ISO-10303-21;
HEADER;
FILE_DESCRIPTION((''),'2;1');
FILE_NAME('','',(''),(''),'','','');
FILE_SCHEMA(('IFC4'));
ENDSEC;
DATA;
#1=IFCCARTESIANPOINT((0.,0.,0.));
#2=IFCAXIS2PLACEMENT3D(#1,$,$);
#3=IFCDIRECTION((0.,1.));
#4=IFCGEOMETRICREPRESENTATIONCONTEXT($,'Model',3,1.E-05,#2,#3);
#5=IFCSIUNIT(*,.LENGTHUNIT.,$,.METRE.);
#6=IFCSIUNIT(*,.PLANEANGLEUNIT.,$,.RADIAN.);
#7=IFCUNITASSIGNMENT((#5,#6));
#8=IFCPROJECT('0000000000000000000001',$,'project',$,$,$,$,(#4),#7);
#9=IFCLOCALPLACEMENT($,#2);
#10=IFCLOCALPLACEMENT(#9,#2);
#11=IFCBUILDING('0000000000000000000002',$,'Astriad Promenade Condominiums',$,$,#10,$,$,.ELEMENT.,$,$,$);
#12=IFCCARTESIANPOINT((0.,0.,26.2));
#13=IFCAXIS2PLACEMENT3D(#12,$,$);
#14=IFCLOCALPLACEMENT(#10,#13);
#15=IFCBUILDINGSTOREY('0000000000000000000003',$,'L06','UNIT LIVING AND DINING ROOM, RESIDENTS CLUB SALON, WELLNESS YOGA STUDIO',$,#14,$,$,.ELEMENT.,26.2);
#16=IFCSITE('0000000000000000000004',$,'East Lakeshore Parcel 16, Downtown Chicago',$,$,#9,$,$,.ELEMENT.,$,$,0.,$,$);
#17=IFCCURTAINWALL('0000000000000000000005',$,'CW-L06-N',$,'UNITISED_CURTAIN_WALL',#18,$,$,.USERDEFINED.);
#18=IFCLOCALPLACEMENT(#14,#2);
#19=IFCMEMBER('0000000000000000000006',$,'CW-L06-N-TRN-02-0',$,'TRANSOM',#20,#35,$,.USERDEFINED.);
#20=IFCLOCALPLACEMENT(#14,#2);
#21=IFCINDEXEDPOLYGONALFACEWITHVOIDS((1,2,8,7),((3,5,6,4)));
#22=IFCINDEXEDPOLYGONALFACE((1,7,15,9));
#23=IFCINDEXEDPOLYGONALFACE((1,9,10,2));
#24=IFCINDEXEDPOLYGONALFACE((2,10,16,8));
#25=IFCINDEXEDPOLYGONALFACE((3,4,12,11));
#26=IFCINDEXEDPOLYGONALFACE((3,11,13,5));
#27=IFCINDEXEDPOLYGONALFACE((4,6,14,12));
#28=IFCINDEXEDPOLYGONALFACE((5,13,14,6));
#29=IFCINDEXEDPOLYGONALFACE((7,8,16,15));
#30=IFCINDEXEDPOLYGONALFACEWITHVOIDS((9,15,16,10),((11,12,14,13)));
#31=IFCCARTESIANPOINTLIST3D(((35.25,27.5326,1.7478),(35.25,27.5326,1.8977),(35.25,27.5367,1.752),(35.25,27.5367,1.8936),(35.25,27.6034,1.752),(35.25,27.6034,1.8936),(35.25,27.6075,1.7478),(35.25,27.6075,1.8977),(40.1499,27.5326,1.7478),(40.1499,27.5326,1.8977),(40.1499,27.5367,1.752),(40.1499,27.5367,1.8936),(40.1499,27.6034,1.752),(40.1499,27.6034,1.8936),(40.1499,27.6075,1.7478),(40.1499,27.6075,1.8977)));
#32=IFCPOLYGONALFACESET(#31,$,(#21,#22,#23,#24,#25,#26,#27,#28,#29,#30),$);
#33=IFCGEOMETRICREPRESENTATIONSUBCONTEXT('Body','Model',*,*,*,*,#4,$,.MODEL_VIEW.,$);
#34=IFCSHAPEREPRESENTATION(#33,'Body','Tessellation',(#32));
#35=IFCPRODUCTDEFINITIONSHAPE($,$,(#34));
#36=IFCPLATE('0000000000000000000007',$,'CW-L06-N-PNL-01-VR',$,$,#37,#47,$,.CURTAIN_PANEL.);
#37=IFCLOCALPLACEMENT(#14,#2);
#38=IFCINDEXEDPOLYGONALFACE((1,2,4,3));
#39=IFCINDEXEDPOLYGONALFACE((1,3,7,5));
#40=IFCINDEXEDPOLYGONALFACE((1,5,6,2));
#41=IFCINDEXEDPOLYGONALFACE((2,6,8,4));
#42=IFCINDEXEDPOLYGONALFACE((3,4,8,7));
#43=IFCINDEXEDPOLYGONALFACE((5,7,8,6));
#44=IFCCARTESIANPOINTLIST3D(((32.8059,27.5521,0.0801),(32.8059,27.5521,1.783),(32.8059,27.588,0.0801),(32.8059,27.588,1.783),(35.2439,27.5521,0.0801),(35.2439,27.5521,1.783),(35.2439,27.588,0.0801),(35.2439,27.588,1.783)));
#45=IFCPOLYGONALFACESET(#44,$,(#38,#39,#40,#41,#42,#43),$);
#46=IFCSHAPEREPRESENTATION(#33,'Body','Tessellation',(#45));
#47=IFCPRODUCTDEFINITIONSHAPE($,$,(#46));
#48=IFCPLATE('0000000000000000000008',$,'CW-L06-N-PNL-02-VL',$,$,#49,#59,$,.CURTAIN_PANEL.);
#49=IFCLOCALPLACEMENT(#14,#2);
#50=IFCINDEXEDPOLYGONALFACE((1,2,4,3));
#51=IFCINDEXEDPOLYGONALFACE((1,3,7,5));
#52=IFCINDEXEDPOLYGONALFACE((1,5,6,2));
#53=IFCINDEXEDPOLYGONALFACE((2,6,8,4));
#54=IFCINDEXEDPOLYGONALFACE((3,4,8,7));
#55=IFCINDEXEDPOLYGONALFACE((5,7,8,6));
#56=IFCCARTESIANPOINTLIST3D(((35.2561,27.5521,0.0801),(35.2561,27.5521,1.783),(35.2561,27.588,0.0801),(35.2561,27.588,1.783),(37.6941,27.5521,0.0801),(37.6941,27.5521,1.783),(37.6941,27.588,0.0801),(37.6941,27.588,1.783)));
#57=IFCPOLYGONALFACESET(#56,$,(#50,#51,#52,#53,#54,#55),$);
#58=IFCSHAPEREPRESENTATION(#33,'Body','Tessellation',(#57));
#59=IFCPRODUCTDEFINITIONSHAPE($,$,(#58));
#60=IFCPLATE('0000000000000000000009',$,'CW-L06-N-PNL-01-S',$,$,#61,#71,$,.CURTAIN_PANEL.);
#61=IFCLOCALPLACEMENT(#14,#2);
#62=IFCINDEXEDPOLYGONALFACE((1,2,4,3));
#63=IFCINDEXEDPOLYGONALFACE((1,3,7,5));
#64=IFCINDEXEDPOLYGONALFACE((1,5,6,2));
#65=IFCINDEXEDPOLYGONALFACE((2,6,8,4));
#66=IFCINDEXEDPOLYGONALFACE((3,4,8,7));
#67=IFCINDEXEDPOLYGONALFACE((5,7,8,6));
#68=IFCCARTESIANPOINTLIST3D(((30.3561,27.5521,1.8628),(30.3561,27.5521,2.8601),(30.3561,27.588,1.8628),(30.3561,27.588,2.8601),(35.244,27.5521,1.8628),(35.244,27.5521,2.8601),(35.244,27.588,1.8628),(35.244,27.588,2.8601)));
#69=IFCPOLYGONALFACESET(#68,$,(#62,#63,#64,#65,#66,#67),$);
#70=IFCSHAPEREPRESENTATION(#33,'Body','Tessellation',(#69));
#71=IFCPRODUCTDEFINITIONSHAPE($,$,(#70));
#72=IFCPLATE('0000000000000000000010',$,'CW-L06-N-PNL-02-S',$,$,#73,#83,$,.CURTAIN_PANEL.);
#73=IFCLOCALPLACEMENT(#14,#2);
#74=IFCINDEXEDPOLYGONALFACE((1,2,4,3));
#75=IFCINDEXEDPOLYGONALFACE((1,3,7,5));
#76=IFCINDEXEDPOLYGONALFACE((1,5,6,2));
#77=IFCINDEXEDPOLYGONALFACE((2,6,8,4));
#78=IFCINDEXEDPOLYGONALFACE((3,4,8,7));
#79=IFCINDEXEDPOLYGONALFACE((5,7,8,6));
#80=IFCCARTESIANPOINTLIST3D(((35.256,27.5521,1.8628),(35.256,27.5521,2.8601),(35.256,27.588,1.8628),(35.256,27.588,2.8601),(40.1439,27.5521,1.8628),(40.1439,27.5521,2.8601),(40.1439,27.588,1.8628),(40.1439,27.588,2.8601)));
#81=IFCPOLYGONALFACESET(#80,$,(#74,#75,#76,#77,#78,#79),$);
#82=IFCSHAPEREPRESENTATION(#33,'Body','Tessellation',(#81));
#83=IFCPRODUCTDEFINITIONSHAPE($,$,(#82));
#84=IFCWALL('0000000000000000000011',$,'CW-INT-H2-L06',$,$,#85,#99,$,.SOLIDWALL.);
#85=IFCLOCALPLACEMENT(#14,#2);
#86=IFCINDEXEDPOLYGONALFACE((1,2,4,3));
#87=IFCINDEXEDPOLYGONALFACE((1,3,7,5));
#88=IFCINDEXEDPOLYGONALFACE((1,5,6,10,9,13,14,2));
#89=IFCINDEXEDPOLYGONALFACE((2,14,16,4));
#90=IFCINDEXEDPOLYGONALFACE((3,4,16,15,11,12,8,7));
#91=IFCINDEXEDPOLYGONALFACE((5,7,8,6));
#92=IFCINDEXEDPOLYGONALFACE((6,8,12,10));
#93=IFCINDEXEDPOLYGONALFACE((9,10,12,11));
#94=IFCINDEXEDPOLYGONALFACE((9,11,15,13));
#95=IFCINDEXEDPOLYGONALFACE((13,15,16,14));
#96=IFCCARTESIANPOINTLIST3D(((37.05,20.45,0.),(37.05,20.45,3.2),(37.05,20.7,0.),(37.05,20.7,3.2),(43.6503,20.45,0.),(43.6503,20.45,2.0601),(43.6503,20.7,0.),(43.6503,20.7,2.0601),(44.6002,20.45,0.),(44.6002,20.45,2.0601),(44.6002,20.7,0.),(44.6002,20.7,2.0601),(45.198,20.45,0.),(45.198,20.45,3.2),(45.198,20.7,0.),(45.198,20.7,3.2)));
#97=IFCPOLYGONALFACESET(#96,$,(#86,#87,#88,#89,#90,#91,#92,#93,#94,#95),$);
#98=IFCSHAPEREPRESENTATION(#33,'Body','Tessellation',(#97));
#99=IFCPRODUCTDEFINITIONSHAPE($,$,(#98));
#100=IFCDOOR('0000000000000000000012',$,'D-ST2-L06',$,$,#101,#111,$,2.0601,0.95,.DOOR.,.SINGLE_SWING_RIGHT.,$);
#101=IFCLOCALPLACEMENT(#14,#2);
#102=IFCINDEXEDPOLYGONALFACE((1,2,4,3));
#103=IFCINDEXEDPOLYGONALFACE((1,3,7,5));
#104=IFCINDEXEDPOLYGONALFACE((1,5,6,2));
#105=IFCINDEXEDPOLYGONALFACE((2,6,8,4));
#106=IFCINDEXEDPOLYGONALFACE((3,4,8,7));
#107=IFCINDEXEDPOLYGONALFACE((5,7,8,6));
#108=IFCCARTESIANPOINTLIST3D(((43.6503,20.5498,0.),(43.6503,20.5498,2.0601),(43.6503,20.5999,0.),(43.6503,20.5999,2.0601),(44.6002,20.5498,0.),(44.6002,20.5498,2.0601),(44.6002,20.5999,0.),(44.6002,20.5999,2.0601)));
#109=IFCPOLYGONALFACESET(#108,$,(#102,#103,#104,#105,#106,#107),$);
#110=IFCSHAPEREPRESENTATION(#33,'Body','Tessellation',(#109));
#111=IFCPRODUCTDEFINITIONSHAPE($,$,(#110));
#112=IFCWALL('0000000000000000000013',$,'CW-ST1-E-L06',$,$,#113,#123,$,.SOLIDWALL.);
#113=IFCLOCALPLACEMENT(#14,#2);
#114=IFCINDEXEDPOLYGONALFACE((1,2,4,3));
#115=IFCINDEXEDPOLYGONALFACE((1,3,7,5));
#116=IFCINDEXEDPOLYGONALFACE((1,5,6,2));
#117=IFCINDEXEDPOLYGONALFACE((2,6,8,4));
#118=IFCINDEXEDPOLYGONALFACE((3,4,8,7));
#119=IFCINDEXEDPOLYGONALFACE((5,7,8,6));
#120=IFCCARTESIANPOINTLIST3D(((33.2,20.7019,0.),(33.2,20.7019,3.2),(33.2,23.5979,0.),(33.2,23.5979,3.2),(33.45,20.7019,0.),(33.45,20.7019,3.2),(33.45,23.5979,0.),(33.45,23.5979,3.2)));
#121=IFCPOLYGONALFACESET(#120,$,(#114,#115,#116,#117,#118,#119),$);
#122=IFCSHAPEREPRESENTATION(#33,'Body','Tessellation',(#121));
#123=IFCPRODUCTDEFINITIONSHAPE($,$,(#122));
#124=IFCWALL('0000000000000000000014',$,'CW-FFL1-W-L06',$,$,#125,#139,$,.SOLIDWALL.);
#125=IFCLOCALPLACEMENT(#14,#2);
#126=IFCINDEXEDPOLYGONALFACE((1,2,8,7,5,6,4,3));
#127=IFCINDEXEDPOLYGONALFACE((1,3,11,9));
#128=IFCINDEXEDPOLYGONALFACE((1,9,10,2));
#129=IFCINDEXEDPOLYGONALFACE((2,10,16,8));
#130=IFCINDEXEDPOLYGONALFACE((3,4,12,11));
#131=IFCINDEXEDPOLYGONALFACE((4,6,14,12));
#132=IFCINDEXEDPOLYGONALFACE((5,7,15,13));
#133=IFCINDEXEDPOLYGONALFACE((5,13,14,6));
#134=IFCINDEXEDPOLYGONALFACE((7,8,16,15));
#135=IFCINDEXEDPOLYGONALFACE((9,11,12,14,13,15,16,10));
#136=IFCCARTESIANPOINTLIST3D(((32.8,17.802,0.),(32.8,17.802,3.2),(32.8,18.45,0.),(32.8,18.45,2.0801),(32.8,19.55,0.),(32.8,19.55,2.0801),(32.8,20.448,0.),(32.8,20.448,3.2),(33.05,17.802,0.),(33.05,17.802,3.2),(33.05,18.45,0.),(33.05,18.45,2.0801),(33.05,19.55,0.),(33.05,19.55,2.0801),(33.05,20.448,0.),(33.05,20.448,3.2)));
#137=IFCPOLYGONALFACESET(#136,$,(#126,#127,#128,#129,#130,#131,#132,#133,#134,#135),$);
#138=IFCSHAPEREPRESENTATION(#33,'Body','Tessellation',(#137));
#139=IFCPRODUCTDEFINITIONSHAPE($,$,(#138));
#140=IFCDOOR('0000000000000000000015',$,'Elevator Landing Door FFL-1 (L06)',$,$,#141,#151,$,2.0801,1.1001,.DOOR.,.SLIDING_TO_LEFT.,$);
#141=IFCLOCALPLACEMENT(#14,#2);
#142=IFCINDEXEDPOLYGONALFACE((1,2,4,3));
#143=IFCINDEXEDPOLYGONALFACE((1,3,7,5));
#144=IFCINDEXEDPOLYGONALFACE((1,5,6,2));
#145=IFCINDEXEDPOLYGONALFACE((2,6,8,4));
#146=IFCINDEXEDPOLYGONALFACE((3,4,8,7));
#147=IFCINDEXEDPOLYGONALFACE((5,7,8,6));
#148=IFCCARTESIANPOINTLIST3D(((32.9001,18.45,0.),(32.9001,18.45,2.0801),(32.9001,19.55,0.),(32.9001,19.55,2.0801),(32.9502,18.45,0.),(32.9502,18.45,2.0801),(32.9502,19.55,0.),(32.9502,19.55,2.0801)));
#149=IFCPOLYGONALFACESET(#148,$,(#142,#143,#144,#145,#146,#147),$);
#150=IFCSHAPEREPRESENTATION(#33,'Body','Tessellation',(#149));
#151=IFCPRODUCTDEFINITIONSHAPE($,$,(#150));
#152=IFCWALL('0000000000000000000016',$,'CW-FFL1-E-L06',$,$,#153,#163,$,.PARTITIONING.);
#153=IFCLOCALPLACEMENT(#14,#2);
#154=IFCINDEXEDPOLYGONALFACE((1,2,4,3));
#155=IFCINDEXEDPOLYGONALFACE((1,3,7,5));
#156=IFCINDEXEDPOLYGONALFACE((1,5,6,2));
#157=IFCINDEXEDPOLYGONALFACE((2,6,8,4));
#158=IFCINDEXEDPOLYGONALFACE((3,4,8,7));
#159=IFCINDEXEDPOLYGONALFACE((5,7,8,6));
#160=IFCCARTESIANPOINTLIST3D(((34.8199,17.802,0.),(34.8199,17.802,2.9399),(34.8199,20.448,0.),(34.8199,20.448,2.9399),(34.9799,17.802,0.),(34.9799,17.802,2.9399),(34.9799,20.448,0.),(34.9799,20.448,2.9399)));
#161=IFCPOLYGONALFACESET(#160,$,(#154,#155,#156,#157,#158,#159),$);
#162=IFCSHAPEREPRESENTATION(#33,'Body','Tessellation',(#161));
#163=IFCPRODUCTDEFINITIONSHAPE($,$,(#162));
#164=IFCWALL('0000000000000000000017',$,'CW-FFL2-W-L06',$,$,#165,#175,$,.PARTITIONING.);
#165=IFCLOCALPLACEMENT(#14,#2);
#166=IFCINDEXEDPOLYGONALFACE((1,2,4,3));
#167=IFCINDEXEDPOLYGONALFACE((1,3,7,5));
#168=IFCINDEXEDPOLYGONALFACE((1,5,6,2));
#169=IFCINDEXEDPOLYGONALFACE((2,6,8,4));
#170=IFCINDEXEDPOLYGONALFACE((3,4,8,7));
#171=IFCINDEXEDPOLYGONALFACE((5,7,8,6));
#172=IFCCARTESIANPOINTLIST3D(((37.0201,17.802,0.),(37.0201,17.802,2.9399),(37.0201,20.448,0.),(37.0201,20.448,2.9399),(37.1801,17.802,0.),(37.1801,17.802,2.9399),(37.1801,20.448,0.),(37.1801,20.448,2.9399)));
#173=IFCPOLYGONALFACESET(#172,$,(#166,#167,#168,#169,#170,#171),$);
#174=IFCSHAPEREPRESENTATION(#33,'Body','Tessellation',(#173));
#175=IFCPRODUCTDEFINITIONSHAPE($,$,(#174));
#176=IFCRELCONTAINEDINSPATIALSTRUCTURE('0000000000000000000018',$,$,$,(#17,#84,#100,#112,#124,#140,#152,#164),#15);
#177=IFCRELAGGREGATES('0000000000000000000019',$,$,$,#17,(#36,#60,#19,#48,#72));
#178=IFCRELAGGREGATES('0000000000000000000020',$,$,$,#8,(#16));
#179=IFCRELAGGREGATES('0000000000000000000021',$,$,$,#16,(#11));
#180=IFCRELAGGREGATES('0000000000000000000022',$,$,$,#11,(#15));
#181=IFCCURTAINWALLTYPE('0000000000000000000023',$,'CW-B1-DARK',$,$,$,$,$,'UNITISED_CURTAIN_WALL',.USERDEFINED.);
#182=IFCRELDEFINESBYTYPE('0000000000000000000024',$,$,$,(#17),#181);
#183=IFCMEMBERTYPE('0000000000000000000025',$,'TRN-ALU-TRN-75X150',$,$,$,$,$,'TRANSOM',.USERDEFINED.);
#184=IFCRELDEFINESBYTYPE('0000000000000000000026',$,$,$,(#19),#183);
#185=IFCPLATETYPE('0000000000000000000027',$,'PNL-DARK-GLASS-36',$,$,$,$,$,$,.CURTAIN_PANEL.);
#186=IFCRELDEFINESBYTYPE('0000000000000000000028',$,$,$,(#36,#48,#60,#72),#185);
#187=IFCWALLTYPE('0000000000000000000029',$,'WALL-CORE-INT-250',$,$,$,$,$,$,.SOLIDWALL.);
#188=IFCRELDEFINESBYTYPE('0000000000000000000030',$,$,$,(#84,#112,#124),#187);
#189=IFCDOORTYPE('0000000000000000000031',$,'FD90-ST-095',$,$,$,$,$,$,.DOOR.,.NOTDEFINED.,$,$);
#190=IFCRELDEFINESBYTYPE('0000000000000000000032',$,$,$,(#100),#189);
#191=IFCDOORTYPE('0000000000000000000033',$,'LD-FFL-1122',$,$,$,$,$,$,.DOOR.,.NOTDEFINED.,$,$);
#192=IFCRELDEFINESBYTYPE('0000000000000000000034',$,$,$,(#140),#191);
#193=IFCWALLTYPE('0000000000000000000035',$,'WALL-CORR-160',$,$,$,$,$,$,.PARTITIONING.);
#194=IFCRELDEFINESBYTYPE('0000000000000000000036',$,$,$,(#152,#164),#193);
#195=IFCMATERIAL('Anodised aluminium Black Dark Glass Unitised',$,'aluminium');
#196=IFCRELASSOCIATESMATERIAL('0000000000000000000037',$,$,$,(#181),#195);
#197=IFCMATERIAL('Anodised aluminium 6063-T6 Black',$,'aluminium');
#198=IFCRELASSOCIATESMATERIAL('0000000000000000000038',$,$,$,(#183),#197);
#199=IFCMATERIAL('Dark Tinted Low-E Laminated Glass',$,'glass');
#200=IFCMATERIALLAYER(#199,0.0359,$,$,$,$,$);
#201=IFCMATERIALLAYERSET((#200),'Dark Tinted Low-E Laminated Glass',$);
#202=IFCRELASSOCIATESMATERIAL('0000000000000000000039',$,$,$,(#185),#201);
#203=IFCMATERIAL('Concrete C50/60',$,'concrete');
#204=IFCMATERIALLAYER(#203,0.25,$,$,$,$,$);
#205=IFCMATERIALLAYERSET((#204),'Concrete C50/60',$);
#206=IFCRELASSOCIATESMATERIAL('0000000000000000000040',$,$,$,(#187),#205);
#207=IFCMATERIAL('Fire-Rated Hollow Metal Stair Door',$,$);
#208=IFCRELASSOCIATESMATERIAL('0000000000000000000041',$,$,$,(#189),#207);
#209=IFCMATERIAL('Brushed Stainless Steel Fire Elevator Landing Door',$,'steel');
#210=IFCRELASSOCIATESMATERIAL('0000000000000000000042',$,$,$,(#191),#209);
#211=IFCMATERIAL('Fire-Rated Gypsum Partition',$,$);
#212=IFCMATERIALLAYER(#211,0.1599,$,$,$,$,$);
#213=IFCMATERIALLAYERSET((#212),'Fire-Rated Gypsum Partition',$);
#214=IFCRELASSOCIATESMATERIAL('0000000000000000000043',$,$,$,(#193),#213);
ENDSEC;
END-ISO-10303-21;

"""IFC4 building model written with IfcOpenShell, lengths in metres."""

from ifc_helpers import new_model, si_unit, direction, frame, frame_2d, origin, origin_2d, place, context, subcontext, project, spatial, rectangle, hollow_rectangle, extrude, source, transform, mapped, material, layer, layer_set, material_profile, profile_set, type_object, type_shapes, element, fill, aggregate, save


model = new_model("IFC4")

# Units and contexts
model_context = context("Model", 3, precision=1e-05, world=origin(), true_north=direction((0.0, 1.0)))
body_context = subcontext(model_context, "Body", "Model", "MODEL_VIEW")
ifc_project = project(units=[si_unit("LENGTHUNIT", "METRE"), si_unit("PLANEANGLEUNIT", "RADIAN")], contexts=[model_context])

# Site, building, storey
site_placement = place(None, origin())
site = spatial("IfcSite", under=ifc_project, at=site_placement, Name="East Lakeshore Parcel 16, Downtown Chicago", CompositionType="ELEMENT", RefElevation=0.0)
building_placement = place(site_placement, origin())
building = spatial("IfcBuilding", under=site, at=building_placement, Name="Astriad Promenade Condominiums", CompositionType="ELEMENT")
storey_placement = place(building_placement, frame((0.0, 0.0, 26.2)))
storey = spatial("IfcBuildingStorey", under=building, at=storey_placement, Name="L06", Description="UNIT LIVING AND DINING ROOM, RESIDENTS CLUB SALON, WELLNESS YOGA STUDIO", CompositionType="ELEMENT", Elevation=26.2)

# Curtain wall, member, plates
ifc_material_1 = material(Name="Anodised aluminium Black Dark Glass Unitised", Category="aluminium")
curtain_wall_type = type_object("IfcCurtainWallType", Name="CW-B1-DARK", ElementType="UNITISED_CURTAIN_WALL", PredefinedType="USERDEFINED", material=ifc_material_1)
curtain_wall_placement = place(storey_placement, origin())
curtain_wall = element("IfcCurtainWall", 1, at=curtain_wall_placement, inside=storey, type_object=curtain_wall_type, Name="CW-L06-N", ObjectType="UNITISED_CURTAIN_WALL", PredefinedType="USERDEFINED")
ifc_material_2 = material(Name="Anodised aluminium 6063-T6 Black", Category="aluminium")
ifc_material_profile_1 = material_profile(ifc_material_2, hollow_rectangle(XDim=0.075, YDim=0.1499, WallThickness=0.0042, at=origin_2d()), Name="ALU-TRN-75X150")
ifc_profile_set_1 = profile_set([ifc_material_profile_1], Name="Anodised aluminium 6063-T6 Black")
member_type_1 = type_object("IfcMemberType", Name="TRN-ALU-TRN-75X150", ElementType="TRANSOM", PredefinedType="USERDEFINED", material=ifc_profile_set_1)
shared_shape_1 = source(origin(), body_context, "Body", "SweptSolid", [
    extrude(hollow_rectangle(XDim=0.075, YDim=0.1499, WallThickness=0.0042, at=origin_2d()), origin(), (0.0, 0.0, 1.0), 4.8999),
])
type_shapes(member_type_1, [shared_shape_1])
member_1_placement = place(storey_placement, frame((35.25, 27.5701, 1.8228), z_axis=(1.0, 0.0, 0.0), x_axis=(0.0, 1.0, 0.0)))
member_1 = element("IfcMember", 2, at=member_1_placement, type_object=member_type_1, Name="CW-L06-N-TRN-02-0", ObjectType="TRANSOM", PredefinedType="USERDEFINED", context=body_context, shape_type="MappedRepresentation", body=[
    mapped(shared_shape_1, transform((0.0, 0.0, 0.0), scale=1.0)),
])
ifc_material_3 = material(Name="Dark Tinted Low-E Laminated Glass", Category="glass")
ifc_layer_1 = layer(ifc_material_3, 0.0359)
ifc_layer_set_1 = layer_set([ifc_layer_1], Name="Dark Tinted Low-E Laminated Glass")
plate_type = type_object("IfcPlateType", Name="PNL-DARK-GLASS-36", PredefinedType="CURTAIN_PANEL", material=ifc_layer_set_1)
shared_shape_2 = source(origin(), body_context, "Body", "SweptSolid", [
    extrude(rectangle(XDim=2.438, YDim=0.0359, at=origin_2d()), origin(), (0.0, 0.0, 1.0), 1.7029),
])
plate_1_placement = place(storey_placement, frame((34.0249, 27.5701, 0.0801), z_axis=(0.0, 0.0, 1.0), x_axis=(1.0, 0.0, 0.0)))
plate_1 = element("IfcPlate", 3, at=plate_1_placement, type_object=plate_type, Name="CW-L06-N-PNL-01-VR", PredefinedType="CURTAIN_PANEL", context=body_context, shape_type="MappedRepresentation", body=[
    mapped(shared_shape_2, transform((0.0, 0.0, 0.0), scale=1.0)),
])
plate_2_placement = place(storey_placement, frame((36.4751, 27.5701, 0.0801), z_axis=(0.0, 0.0, 1.0), x_axis=(1.0, 0.0, 0.0)))
plate_2 = element("IfcPlate", 4, at=plate_2_placement, type_object=plate_type, Name="CW-L06-N-PNL-02-VL", PredefinedType="CURTAIN_PANEL", context=body_context, shape_type="MappedRepresentation", body=[
    mapped(shared_shape_2, transform((0.0, 0.0, 0.0), scale=1.0)),
])
shared_shape_3 = source(origin(), body_context, "Body", "SweptSolid", [
    extrude(rectangle(XDim=4.8879, YDim=0.0359, at=origin_2d()), origin(), (0.0, 0.0, 1.0), 0.9973),
])
type_shapes(plate_type, [shared_shape_2, shared_shape_3])
plate_3_placement = place(storey_placement, frame((32.8, 27.5701, 1.8628), z_axis=(0.0, 0.0, 1.0), x_axis=(1.0, 0.0, 0.0)))
plate_3 = element("IfcPlate", 5, at=plate_3_placement, type_object=plate_type, Name="CW-L06-N-PNL-01-S", PredefinedType="CURTAIN_PANEL", context=body_context, shape_type="MappedRepresentation", body=[
    mapped(shared_shape_3, transform((0.0, 0.0, 0.0), scale=1.0)),
])
plate_4_placement = place(storey_placement, frame((37.7, 27.5701, 1.8628), z_axis=(0.0, 0.0, 1.0), x_axis=(1.0, 0.0, 0.0)))
plate_4 = element("IfcPlate", 6, at=plate_4_placement, type_object=plate_type, Name="CW-L06-N-PNL-02-S", PredefinedType="CURTAIN_PANEL", context=body_context, shape_type="MappedRepresentation", body=[
    mapped(shared_shape_3, transform((0.0, 0.0, 0.0), scale=1.0)),
])
aggregate(curtain_wall, [plate_1, plate_3, member_1, plate_2, plate_4])

# Wall, opening, door
ifc_material_4 = material(Name="Concrete C50/60", Category="concrete")
ifc_layer_2 = layer(ifc_material_4, 0.25)
ifc_layer_set_2 = layer_set([ifc_layer_2], Name="Concrete C50/60")
wall_type_1 = type_object("IfcWallType", Name="WALL-CORE-INT-250", PredefinedType="SOLIDWALL", material=ifc_layer_set_2)
wall_1_placement = place(storey_placement, frame((37.05, 20.575, 0.0), z_axis=(0.0, 0.0, 1.0), x_axis=(1.0, 0.0, 0.0)))
wall_1 = element("IfcWall", 7, at=wall_1_placement, inside=storey, type_object=wall_type_1, Name="CW-INT-H2-L06", PredefinedType="SOLIDWALL", context=body_context, shape_type="SweptSolid", body=[
    extrude(rectangle(XDim=8.1479, YDim=0.25, at=frame_2d((4.074, 0.0))), origin(), (0.0, 0.0, 1.0), 3.2),
])
opening_1_placement = place(wall_1_placement, frame((6.6001, 0.0, 0.0)))
opening_1 = element("IfcOpeningElement", 8, at=opening_1_placement, cuts=wall_1, PredefinedType="OPENING", context=body_context, shape_type="SweptSolid", body=[
    extrude(rectangle(XDim=0.95, YDim=2.0601, at=frame_2d((0.4751, 1.03))), frame((0.0, 0.135, 0.0), z_axis=(0.0, -1.0, 0.0), x_axis=(1.0, 0.0, 0.0)), (0.0, 0.0, 1.0), 0.27),
])
ifc_material_5 = material(Name="Fire-Rated Hollow Metal Stair Door")
door_type_1 = type_object("IfcDoorType", Name="FD90-ST-095", OperationType="NOTDEFINED", PredefinedType="DOOR", material=ifc_material_5)
shared_shape_4 = source(origin(), body_context, "Body", "SweptSolid", [
    extrude(rectangle(XDim=0.95, YDim=2.0601, at=frame_2d((0.4751, 1.03))), frame((0.0, 0.0249, 0.0), z_axis=(0.0, -1.0, 0.0), x_axis=(1.0, 0.0, 0.0)), (0.0, 0.0, 1.0), 0.05),
])
type_shapes(door_type_1, [shared_shape_4])
door_1_placement = place(opening_1_placement, origin())
door_1 = element("IfcDoor", 9, at=door_1_placement, inside=storey, type_object=door_type_1, Name="D-ST2-L06", OperationType="SINGLE_SWING_RIGHT", OverallHeight=2.0601, OverallWidth=0.95, PredefinedType="DOOR", context=body_context, shape_type="MappedRepresentation", body=[
    mapped(shared_shape_4, transform((0.0, 0.0, 0.0), scale=1.0)),
])
fill(opening_1, door_1)

# Wall
wall_2_placement = place(storey_placement, frame((33.325, 20.7019, 0.0), z_axis=(0.0, 0.0, 1.0), x_axis=(0.0, 1.0, 0.0)))
element("IfcWall", 10, at=wall_2_placement, inside=storey, type_object=wall_type_1, Name="CW-ST1-E-L06", PredefinedType="SOLIDWALL", context=body_context, shape_type="SweptSolid", body=[
    extrude(rectangle(XDim=2.896, YDim=0.25, at=frame_2d((1.448, 0.0))), origin(), (0.0, 0.0, 1.0), 3.2),
])

# Wall, opening, door
wall_3_placement = place(storey_placement, frame((32.925, 17.802, 0.0), z_axis=(0.0, 0.0, 1.0), x_axis=(0.0, 1.0, 0.0)))
wall_3 = element("IfcWall", 11, at=wall_3_placement, inside=storey, type_object=wall_type_1, Name="CW-FFL1-W-L06", PredefinedType="SOLIDWALL", context=body_context, shape_type="SweptSolid", body=[
    extrude(rectangle(XDim=2.646, YDim=0.25, at=frame_2d((1.323, 0.0))), origin(), (0.0, 0.0, 1.0), 3.2),
])
opening_2_placement = place(wall_3_placement, frame((0.6479, 0.0, 0.0)))
opening_2 = element("IfcOpeningElement", 12, at=opening_2_placement, cuts=wall_3, PredefinedType="OPENING", context=body_context, shape_type="SweptSolid", body=[
    extrude(rectangle(XDim=1.1001, YDim=2.0801, at=frame_2d((0.55, 1.04))), frame((0.0, 0.135, 0.0), z_axis=(0.0, -1.0, 0.0), x_axis=(1.0, 0.0, 0.0)), (0.0, 0.0, 1.0), 0.27),
])
ifc_material_6 = material(Name="Brushed Stainless Steel Fire Elevator Landing Door", Category="steel")
door_type_2 = type_object("IfcDoorType", Name="LD-FFL-1122", OperationType="NOTDEFINED", PredefinedType="DOOR", material=ifc_material_6)
shared_shape_5 = source(origin(), body_context, "Body", "SweptSolid", [
    extrude(rectangle(XDim=1.1001, YDim=2.0801, at=frame_2d((0.55, 1.04))), frame((0.0, 0.0249, 0.0), z_axis=(0.0, -1.0, 0.0), x_axis=(1.0, 0.0, 0.0)), (0.0, 0.0, 1.0), 0.05),
])
type_shapes(door_type_2, [shared_shape_5])
door_2_placement = place(opening_2_placement, origin())
door_2 = element("IfcDoor", 13, at=door_2_placement, inside=storey, type_object=door_type_2, Name="Elevator Landing Door FFL-1 (L06)", OperationType="SLIDING_TO_LEFT", OverallHeight=2.0801, OverallWidth=1.1001, PredefinedType="DOOR", context=body_context, shape_type="MappedRepresentation", body=[
    mapped(shared_shape_5, transform((0.0, 0.0, 0.0), scale=1.0)),
])
fill(opening_2, door_2)

# Walls
ifc_material_7 = material(Name="Fire-Rated Gypsum Partition")
ifc_layer_3 = layer(ifc_material_7, 0.1599)
ifc_layer_set_3 = layer_set([ifc_layer_3], Name="Fire-Rated Gypsum Partition")
wall_type_2 = type_object("IfcWallType", Name="WALL-CORR-160", PredefinedType="PARTITIONING", material=ifc_layer_set_3)
for number, where, z_axis, x_axis, name in (
    (14, (34.8999, 17.802, 0.0), (0.0, 0.0, 1.0), (0.0, 1.0, 0.0), "CW-FFL1-E-L06"),
    (15, (37.1001, 17.802, 0.0), (0.0, 0.0, 1.0), (0.0, 1.0, 0.0), "CW-FFL2-W-L06"),
):
    element("IfcWall", number, at=place(storey_placement, frame(where, z_axis=z_axis, x_axis=x_axis)), inside=storey, type_object=wall_type_2, Name=name, PredefinedType="PARTITIONING", context=body_context, shape_type="SweptSolid", body=[
        extrude(rectangle(XDim=2.646, YDim=0.1599, at=frame_2d((1.323, 0.0))), origin(), (0.0, 0.0, 1.0), 2.9399),
    ])

save(model, "model.ifc")
